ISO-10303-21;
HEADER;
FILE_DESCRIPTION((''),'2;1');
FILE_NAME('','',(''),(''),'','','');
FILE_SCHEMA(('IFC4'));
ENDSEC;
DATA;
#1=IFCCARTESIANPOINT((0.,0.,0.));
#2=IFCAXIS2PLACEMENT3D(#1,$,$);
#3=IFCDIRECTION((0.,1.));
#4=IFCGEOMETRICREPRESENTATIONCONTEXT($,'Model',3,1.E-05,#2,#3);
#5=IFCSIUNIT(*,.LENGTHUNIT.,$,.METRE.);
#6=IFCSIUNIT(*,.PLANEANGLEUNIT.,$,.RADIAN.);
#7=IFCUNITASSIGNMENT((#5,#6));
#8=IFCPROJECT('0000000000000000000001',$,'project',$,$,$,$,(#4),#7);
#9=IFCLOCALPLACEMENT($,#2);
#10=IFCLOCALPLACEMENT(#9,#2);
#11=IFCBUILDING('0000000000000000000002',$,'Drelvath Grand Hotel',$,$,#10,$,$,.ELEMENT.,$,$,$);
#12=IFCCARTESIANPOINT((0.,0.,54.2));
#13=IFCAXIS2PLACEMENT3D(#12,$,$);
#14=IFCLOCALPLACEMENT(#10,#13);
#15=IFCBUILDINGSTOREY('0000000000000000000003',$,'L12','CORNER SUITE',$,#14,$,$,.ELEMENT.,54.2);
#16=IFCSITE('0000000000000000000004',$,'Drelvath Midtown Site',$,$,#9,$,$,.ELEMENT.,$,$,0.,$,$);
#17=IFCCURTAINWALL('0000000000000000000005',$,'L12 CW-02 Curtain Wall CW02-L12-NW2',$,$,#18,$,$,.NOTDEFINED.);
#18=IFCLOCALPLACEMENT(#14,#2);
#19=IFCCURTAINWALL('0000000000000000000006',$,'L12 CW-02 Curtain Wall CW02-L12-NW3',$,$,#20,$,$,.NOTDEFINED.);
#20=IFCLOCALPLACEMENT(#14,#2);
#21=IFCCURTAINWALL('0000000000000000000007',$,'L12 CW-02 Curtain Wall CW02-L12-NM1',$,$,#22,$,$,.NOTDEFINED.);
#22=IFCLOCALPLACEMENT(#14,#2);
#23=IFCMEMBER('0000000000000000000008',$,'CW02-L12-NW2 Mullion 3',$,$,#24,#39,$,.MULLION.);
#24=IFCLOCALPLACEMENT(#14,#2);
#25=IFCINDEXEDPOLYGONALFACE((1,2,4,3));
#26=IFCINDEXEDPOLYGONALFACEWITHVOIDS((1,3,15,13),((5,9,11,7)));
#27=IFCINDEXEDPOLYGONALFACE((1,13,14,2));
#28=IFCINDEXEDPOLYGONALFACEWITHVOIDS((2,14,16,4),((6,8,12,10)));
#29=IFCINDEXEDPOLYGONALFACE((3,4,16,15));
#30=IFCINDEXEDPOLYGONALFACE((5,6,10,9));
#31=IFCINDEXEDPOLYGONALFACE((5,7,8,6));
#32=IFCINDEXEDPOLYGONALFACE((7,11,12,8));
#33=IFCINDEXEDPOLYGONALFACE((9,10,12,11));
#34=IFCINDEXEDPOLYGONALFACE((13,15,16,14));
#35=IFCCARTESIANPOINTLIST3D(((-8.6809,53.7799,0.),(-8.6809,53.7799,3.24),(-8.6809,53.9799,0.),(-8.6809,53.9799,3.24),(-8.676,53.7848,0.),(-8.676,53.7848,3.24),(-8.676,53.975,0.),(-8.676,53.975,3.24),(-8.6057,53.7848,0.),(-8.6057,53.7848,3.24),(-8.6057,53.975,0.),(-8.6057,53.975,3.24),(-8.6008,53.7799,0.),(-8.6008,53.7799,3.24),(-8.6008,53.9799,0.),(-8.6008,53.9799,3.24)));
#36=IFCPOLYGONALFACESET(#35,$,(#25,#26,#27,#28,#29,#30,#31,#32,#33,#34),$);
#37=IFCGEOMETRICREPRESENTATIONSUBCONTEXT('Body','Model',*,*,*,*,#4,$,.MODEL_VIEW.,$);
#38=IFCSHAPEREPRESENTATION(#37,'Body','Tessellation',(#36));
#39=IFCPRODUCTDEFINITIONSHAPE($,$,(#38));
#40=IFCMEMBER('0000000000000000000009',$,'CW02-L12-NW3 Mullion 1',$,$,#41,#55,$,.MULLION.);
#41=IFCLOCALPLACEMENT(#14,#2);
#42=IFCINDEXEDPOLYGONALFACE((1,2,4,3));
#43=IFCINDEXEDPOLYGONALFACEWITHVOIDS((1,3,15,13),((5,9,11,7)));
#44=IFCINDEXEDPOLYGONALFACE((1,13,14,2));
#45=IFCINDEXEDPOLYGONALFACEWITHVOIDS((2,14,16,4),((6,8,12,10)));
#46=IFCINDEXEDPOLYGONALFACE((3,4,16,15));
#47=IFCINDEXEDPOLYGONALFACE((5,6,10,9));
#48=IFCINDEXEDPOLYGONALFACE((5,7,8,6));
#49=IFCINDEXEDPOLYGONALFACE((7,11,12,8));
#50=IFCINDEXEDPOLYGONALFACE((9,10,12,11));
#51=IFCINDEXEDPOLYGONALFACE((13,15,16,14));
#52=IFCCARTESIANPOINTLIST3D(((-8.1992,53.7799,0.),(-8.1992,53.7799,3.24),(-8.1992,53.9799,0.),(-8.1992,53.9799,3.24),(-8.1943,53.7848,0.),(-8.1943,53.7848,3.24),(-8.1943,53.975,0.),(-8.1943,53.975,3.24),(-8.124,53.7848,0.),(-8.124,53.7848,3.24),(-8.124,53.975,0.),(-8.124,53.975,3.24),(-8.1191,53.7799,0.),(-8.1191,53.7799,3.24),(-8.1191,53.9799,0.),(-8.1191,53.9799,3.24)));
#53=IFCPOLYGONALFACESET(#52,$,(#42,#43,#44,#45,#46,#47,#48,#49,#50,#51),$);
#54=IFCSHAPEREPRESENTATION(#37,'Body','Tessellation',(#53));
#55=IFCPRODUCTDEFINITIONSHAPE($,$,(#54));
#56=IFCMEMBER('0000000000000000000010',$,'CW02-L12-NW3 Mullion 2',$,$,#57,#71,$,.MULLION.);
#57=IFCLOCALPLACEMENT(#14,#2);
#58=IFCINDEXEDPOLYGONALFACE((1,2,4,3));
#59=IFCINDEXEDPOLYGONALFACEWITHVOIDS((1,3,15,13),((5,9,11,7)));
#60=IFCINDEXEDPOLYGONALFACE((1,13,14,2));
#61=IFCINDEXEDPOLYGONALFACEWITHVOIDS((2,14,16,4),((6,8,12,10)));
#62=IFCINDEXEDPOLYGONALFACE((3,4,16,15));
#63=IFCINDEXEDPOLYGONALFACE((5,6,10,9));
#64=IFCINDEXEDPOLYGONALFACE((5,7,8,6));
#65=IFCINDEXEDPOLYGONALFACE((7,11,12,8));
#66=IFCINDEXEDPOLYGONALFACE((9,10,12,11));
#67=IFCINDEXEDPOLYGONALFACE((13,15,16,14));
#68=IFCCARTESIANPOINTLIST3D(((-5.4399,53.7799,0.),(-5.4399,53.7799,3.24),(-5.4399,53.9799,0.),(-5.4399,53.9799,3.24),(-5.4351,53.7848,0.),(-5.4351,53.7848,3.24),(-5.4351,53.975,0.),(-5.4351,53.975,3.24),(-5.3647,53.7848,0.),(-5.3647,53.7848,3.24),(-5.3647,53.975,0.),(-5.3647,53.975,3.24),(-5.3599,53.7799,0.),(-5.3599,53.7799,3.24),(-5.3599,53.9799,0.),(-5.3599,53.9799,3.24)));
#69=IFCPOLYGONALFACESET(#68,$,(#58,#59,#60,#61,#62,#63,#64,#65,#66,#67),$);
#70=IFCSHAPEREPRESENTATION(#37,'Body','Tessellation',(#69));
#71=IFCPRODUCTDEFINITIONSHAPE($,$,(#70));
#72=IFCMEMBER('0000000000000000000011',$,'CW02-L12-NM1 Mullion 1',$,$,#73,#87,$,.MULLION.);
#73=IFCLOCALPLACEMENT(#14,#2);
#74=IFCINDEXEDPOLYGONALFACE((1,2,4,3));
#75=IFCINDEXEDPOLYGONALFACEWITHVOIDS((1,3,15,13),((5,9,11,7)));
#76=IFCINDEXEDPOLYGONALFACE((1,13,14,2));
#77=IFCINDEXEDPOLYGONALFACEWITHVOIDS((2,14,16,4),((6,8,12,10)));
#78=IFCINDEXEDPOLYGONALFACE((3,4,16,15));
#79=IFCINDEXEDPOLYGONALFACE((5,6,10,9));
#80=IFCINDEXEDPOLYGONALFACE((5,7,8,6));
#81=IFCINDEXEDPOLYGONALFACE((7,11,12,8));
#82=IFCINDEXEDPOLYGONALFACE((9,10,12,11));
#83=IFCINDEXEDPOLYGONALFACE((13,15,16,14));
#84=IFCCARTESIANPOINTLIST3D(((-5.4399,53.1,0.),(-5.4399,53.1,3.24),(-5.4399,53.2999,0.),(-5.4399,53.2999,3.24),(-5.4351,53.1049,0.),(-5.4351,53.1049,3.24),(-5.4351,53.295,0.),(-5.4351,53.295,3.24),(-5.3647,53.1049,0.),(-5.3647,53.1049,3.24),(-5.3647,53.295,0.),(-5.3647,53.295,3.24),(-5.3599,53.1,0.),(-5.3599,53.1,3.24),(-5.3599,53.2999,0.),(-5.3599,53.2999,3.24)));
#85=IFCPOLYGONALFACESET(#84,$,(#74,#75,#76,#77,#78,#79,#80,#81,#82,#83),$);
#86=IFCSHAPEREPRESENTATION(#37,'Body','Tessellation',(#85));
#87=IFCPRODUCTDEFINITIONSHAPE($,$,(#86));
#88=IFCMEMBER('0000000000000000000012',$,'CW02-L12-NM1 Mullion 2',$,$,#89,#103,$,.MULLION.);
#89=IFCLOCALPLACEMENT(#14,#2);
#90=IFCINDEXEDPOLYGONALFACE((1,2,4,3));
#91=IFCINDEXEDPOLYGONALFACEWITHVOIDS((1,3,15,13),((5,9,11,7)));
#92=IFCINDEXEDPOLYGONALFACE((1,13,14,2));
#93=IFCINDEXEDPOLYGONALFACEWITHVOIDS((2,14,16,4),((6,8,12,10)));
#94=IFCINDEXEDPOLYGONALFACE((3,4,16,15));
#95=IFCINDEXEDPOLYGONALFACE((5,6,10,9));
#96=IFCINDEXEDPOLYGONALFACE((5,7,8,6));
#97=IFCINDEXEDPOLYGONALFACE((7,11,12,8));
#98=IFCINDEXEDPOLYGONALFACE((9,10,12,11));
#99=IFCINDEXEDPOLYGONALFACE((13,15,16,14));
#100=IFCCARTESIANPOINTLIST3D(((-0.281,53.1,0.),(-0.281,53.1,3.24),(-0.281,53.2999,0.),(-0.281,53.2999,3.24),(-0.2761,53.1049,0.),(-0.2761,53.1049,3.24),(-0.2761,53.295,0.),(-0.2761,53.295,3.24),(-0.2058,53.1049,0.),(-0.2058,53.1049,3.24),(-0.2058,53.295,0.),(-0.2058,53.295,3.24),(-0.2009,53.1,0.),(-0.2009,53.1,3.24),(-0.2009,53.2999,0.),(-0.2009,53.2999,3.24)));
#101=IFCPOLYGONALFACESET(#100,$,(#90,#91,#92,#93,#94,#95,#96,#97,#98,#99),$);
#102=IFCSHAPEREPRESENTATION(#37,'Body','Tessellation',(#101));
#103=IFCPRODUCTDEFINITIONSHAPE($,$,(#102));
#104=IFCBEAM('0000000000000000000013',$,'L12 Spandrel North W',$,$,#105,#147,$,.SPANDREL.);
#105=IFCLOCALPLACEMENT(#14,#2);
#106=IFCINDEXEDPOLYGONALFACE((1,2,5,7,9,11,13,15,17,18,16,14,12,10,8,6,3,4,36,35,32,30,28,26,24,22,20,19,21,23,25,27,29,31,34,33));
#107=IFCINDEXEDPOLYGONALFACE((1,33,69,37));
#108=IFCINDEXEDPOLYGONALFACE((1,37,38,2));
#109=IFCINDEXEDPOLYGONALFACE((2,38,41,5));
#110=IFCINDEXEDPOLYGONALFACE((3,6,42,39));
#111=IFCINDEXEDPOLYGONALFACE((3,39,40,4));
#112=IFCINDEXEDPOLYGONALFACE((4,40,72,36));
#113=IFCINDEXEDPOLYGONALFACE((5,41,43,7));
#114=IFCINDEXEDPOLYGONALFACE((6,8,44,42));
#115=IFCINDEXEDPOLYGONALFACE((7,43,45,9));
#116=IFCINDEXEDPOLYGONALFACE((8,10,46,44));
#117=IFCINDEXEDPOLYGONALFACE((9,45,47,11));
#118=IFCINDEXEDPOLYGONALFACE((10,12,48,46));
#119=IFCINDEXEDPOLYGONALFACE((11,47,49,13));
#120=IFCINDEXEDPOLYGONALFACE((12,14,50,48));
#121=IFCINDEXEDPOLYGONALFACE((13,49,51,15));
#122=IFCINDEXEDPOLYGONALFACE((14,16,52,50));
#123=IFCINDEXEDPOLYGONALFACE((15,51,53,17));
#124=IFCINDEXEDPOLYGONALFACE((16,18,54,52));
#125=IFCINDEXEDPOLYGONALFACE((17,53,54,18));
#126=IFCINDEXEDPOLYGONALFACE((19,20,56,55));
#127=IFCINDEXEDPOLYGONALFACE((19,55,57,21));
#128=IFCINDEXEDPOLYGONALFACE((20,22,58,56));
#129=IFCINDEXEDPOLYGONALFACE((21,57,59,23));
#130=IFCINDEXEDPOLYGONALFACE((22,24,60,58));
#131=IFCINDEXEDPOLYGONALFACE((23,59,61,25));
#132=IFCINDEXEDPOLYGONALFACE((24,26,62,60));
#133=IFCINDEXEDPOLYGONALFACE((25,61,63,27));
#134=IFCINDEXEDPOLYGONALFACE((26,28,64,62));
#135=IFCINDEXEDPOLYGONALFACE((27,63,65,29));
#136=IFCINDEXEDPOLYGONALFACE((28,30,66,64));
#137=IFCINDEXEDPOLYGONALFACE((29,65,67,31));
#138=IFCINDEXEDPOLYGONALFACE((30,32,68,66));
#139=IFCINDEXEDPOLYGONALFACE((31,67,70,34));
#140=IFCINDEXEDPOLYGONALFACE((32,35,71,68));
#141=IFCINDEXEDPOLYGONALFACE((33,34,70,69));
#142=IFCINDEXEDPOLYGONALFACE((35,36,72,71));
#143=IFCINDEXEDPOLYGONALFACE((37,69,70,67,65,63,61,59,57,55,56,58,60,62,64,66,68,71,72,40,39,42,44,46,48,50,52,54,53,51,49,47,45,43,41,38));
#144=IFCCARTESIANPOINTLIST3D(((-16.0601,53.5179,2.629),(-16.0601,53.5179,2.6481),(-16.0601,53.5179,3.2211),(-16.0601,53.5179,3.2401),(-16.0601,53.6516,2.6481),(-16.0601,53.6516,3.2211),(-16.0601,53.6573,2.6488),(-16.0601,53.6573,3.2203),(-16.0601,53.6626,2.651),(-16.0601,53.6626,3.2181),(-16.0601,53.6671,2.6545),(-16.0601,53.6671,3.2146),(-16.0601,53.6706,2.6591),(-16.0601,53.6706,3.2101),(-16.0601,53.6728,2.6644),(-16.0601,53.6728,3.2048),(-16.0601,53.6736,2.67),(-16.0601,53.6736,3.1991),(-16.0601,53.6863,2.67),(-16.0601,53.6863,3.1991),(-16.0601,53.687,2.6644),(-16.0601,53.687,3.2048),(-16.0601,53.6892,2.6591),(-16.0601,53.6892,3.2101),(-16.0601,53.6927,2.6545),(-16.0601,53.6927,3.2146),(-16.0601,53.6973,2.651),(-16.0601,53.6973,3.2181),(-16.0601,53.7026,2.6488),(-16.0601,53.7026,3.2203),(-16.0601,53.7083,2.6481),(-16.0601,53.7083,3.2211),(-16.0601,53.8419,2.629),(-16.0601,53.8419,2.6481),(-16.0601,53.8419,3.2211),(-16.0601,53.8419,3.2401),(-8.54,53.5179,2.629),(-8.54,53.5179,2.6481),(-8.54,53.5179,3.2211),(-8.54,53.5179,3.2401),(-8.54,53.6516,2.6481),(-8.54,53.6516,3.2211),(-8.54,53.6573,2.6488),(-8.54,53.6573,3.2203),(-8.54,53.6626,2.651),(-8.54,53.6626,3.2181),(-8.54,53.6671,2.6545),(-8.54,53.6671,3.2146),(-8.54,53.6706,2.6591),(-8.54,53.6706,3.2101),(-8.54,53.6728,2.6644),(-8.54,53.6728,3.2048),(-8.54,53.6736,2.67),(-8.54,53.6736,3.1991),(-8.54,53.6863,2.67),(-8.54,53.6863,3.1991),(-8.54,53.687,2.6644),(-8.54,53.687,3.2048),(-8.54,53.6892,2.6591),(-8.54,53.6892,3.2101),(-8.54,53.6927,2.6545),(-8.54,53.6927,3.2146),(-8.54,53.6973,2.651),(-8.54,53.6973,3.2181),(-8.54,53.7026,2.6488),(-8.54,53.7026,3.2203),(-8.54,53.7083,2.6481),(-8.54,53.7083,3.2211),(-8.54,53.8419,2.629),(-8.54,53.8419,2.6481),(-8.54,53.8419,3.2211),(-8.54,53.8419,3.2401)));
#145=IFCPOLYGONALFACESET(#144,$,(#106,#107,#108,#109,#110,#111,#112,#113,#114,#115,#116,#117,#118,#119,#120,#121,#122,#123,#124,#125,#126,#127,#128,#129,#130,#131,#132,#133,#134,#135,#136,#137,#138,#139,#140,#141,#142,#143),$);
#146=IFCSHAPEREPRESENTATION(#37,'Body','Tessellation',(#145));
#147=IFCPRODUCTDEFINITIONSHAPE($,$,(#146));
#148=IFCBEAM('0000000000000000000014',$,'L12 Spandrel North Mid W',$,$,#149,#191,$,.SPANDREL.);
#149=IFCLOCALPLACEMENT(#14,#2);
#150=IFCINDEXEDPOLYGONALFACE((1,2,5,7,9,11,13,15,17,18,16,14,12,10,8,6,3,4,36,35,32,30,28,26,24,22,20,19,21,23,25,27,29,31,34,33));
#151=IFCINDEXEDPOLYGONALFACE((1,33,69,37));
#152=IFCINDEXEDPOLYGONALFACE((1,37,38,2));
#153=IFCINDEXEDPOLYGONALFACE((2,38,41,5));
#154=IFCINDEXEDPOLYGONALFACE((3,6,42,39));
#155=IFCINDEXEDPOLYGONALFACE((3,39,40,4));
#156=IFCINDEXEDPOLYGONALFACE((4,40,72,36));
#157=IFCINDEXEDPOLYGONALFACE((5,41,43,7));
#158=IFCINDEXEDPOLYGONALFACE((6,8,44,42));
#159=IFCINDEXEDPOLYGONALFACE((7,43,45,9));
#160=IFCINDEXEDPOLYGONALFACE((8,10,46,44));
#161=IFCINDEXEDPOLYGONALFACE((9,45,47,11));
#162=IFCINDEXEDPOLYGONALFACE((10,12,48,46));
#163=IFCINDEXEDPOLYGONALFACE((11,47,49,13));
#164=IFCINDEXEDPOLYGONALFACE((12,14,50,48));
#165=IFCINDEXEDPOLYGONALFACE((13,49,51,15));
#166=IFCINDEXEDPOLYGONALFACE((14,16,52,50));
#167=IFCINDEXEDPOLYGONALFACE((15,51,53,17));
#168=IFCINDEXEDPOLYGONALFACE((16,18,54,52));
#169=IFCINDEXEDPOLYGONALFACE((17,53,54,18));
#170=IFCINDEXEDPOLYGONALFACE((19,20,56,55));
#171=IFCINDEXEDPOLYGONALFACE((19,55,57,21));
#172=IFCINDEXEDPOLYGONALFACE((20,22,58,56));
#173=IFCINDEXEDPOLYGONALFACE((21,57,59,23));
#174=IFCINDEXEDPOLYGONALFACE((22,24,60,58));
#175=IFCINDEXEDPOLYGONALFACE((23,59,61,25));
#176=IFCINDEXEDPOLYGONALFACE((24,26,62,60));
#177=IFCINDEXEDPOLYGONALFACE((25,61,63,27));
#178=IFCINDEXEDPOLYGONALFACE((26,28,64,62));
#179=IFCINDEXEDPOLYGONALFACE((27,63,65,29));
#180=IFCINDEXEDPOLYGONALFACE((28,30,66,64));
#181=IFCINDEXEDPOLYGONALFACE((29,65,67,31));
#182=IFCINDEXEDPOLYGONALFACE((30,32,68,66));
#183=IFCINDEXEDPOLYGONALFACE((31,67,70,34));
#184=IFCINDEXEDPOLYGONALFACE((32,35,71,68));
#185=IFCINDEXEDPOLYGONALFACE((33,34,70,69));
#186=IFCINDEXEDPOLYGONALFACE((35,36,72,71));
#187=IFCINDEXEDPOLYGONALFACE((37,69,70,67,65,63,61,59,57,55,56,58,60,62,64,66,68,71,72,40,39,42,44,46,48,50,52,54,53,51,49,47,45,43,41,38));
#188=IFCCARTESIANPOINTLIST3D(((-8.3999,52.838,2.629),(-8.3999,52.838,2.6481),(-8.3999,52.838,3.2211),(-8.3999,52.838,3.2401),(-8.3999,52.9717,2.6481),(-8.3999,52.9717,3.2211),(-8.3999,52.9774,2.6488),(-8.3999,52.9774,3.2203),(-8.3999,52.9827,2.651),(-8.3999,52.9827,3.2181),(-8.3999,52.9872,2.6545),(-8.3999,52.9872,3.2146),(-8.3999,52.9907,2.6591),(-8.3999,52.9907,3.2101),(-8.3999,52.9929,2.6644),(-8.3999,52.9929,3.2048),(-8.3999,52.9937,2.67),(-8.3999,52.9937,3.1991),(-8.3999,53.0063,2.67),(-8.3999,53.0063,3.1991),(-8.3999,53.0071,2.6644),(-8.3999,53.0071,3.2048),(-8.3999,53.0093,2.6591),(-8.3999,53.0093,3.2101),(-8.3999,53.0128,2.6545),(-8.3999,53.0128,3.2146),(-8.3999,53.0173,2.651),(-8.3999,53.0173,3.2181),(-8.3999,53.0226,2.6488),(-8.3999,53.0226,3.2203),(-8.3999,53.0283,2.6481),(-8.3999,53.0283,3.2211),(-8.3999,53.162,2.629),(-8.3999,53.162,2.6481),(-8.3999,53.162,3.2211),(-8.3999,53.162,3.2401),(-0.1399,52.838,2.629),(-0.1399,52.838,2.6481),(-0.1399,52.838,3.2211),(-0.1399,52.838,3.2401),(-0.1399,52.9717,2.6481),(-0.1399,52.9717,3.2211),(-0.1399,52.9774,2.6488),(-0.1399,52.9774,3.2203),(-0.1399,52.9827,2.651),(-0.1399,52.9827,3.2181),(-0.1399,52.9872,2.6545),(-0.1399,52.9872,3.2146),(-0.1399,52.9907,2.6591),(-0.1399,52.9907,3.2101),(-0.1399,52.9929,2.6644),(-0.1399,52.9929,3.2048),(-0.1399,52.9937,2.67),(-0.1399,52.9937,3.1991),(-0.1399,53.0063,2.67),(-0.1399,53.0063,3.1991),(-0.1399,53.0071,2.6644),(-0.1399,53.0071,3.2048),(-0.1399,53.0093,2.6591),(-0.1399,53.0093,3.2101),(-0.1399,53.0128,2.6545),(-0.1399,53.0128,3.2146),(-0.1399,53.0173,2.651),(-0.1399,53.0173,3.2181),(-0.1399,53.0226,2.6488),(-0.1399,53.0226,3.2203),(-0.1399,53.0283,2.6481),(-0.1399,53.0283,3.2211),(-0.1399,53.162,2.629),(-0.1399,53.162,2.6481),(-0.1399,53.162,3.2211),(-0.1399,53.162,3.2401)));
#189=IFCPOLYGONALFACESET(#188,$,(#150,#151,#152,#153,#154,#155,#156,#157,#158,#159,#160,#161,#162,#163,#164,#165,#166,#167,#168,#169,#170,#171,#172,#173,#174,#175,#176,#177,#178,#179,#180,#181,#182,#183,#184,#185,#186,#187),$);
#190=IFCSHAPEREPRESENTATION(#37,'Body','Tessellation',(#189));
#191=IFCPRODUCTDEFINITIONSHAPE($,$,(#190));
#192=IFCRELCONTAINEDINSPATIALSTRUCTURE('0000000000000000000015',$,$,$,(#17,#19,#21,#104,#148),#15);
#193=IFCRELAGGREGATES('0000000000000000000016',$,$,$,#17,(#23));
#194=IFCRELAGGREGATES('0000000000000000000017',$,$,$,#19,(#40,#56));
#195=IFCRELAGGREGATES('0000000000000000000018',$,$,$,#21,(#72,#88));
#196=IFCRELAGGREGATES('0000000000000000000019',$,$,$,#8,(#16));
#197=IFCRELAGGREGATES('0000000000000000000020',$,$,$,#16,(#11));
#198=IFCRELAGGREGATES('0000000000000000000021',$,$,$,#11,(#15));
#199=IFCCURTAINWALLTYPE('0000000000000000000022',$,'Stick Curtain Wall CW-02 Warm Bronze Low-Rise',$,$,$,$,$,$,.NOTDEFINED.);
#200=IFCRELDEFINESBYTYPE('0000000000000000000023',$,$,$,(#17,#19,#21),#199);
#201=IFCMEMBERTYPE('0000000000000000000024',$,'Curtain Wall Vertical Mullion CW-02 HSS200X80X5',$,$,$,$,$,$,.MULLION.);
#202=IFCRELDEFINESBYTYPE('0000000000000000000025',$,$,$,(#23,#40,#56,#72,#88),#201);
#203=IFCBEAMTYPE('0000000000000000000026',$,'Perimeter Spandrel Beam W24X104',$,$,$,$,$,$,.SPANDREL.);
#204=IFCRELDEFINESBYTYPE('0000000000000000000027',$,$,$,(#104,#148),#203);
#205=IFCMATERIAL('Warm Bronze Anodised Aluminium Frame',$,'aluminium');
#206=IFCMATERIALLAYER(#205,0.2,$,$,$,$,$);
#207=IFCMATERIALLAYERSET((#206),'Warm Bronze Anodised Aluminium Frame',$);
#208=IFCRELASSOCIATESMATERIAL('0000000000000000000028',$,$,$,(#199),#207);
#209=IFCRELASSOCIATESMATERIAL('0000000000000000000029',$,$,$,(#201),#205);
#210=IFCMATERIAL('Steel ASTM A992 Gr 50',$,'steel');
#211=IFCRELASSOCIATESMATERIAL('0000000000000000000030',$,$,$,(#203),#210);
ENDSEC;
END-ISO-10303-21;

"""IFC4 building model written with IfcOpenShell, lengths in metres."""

from ifc_helpers import new_model, si_unit, direction, frame, origin, origin_2d, place, context, subcontext, project, spatial, hollow_rectangle, i_section, extrude, material, layer, layer_set, material_profile, profile_set, type_object, element, aggregate, save


model = new_model("IFC4")

# Units and contexts
model_context = context("Model", 3, precision=1e-05, world=origin(), true_north=direction((0.0, 1.0)))
body_context = subcontext(model_context, "Body", "Model", "MODEL_VIEW")
ifc_project = project(units=[si_unit("LENGTHUNIT", "METRE"), si_unit("PLANEANGLEUNIT", "RADIAN")], contexts=[model_context])

# Site, building, storey
site_placement = place(None, origin())
site = spatial("IfcSite", under=ifc_project, at=site_placement, Name="Drelvath Midtown Site", CompositionType="ELEMENT", RefElevation=0.0)
building_placement = place(site_placement, origin())
building = spatial("IfcBuilding", under=site, at=building_placement, Name="Drelvath Grand Hotel", CompositionType="ELEMENT")
storey_placement = place(building_placement, frame((0.0, 0.0, 54.2)))
storey = spatial("IfcBuildingStorey", under=building, at=storey_placement, Name="L12", Description="CORNER SUITE", CompositionType="ELEMENT", Elevation=54.2)

# Curtain walls
ifc_material_1 = material(Name="Warm Bronze Anodised Aluminium Frame", Category="aluminium")
ifc_layer_1 = layer(ifc_material_1, 0.2)
ifc_layer_set_1 = layer_set([ifc_layer_1], Name="Warm Bronze Anodised Aluminium Frame")
curtain_wall_type = type_object("IfcCurtainWallType", Name="Stick Curtain Wall CW-02 Warm Bronze Low-Rise", PredefinedType="NOTDEFINED", material=ifc_layer_set_1)
curtain_wall_1_placement = place(storey_placement, origin())
curtain_wall_1 = element("IfcCurtainWall", 1, at=curtain_wall_1_placement, inside=storey, type_object=curtain_wall_type, Name="L12 CW-02 Curtain Wall CW02-L12-NW2", PredefinedType="NOTDEFINED")
curtain_wall_2_placement = place(storey_placement, origin())
curtain_wall_2 = element("IfcCurtainWall", 2, at=curtain_wall_2_placement, inside=storey, type_object=curtain_wall_type, Name="L12 CW-02 Curtain Wall CW02-L12-NW3", PredefinedType="NOTDEFINED")
curtain_wall_3_placement = place(storey_placement, origin())
curtain_wall_3 = element("IfcCurtainWall", 3, at=curtain_wall_3_placement, inside=storey, type_object=curtain_wall_type, Name="L12 CW-02 Curtain Wall CW02-L12-NM1", PredefinedType="NOTDEFINED")

# Members
ifc_material_profile_1 = material_profile(ifc_material_1, hollow_rectangle(XDim=0.0801, YDim=0.2, WallThickness=0.0049, at=origin_2d()), Name="HSS200X80X5")
ifc_profile_set_1 = profile_set([ifc_material_profile_1], Name="Warm Bronze Anodised Aluminium Frame")
member_type_1 = type_object("IfcMemberType", Name="Curtain Wall Vertical Mullion CW-02 HSS200X80X5", PredefinedType="MULLION", material=ifc_profile_set_1)
member_1_placement = place(storey_placement, frame((-8.6409, 53.8799, 0.0), z_axis=(0.0, 0.0, 1.0), x_axis=(1.0, 0.0, 0.0)))
member_1 = element("IfcMember", 4, at=member_1_placement, type_object=member_type_1, Name="CW02-L12-NW2 Mullion 3", PredefinedType="MULLION", context=body_context, shape_type="SweptSolid", body=[
    extrude(hollow_rectangle(XDim=0.0801, YDim=0.2, WallThickness=0.0049, at=origin_2d()), origin(), (0.0, 0.0, 1.0), 3.24),
])
member_2_placement = place(storey_placement, frame((-8.1592, 53.8799, 0.0), z_axis=(0.0, 0.0, 1.0), x_axis=(1.0, 0.0, 0.0)))
member_2 = element("IfcMember", 5, at=member_2_placement, type_object=member_type_1, Name="CW02-L12-NW3 Mullion 1", PredefinedType="MULLION", context=body_context, shape_type="SweptSolid", body=[
    extrude(hollow_rectangle(XDim=0.0801, YDim=0.2, WallThickness=0.0049, at=origin_2d()), origin(), (0.0, 0.0, 1.0), 3.24),
])
member_3_placement = place(storey_placement, frame((-5.3999, 53.8799, 0.0), z_axis=(0.0, 0.0, 1.0), x_axis=(1.0, 0.0, 0.0)))
member_3 = element("IfcMember", 6, at=member_3_placement, type_object=member_type_1, Name="CW02-L12-NW3 Mullion 2", PredefinedType="MULLION", context=body_context, shape_type="SweptSolid", body=[
    extrude(hollow_rectangle(XDim=0.0801, YDim=0.2, WallThickness=0.0049, at=origin_2d()), origin(), (0.0, 0.0, 1.0), 3.24),
])
member_4_placement = place(storey_placement, frame((-5.3999, 53.2, 0.0), z_axis=(0.0, 0.0, 1.0), x_axis=(1.0, 0.0, 0.0)))
member_4 = element("IfcMember", 7, at=member_4_placement, type_object=member_type_1, Name="CW02-L12-NM1 Mullion 1", PredefinedType="MULLION", context=body_context, shape_type="SweptSolid", body=[
    extrude(hollow_rectangle(XDim=0.0801, YDim=0.2, WallThickness=0.0049, at=origin_2d()), origin(), (0.0, 0.0, 1.0), 3.24),
])
member_5_placement = place(storey_placement, frame((-0.241, 53.2, 0.0), z_axis=(0.0, 0.0, 1.0), x_axis=(1.0, 0.0, 0.0)))
member_5 = element("IfcMember", 8, at=member_5_placement, type_object=member_type_1, Name="CW02-L12-NM1 Mullion 2", PredefinedType="MULLION", context=body_context, shape_type="SweptSolid", body=[
    extrude(hollow_rectangle(XDim=0.0801, YDim=0.2, WallThickness=0.0049, at=origin_2d()), origin(), (0.0, 0.0, 1.0), 3.24),
])

# Beams
ifc_material_2 = material(Name="Steel ASTM A992 Gr 50", Category="steel")
ifc_material_profile_2 = material_profile(ifc_material_2, i_section(OverallWidth=0.324, OverallDepth=0.6111, WebThickness=0.0127, FlangeThickness=0.019, FilletRadius=0.022, at=origin_2d()), Name="W24X104")
ifc_profile_set_2 = profile_set([ifc_material_profile_2], Name="Steel ASTM A992 Gr 50")
beam_type_1 = type_object("IfcBeamType", Name="Perimeter Spandrel Beam W24X104", PredefinedType="SPANDREL", material=ifc_profile_set_2)
beam_1_placement = place(storey_placement, frame((-16.0601, 53.6799, 2.9346), z_axis=(1.0, 0.0, 0.0), x_axis=(0.0, 1.0, 0.0)))
element("IfcBeam", 9, at=beam_1_placement, inside=storey, type_object=beam_type_1, Name="L12 Spandrel North W", PredefinedType="SPANDREL", context=body_context, shape_type="SweptSolid", body=[
    extrude(i_section(OverallWidth=0.324, OverallDepth=0.6111, WebThickness=0.0127, FlangeThickness=0.019, FilletRadius=0.022, at=origin_2d()), origin(), (0.0, 0.0, 1.0), 7.52),
])
beam_2_placement = place(storey_placement, frame((-8.3999, 53.0, 2.9346), z_axis=(1.0, 0.0, 0.0), x_axis=(0.0, 1.0, 0.0)))
element("IfcBeam", 10, at=beam_2_placement, inside=storey, type_object=beam_type_1, Name="L12 Spandrel North Mid W", PredefinedType="SPANDREL", context=body_context, shape_type="SweptSolid", body=[
    extrude(i_section(OverallWidth=0.324, OverallDepth=0.6111, WebThickness=0.0127, FlangeThickness=0.019, FilletRadius=0.022, at=origin_2d()), origin(), (0.0, 0.0, 1.0), 8.26),
])

aggregate(curtain_wall_1, [member_1])
aggregate(curtain_wall_2, [member_2, member_3])
aggregate(curtain_wall_3, [member_4, member_5])

save(model, "model.ifc")
